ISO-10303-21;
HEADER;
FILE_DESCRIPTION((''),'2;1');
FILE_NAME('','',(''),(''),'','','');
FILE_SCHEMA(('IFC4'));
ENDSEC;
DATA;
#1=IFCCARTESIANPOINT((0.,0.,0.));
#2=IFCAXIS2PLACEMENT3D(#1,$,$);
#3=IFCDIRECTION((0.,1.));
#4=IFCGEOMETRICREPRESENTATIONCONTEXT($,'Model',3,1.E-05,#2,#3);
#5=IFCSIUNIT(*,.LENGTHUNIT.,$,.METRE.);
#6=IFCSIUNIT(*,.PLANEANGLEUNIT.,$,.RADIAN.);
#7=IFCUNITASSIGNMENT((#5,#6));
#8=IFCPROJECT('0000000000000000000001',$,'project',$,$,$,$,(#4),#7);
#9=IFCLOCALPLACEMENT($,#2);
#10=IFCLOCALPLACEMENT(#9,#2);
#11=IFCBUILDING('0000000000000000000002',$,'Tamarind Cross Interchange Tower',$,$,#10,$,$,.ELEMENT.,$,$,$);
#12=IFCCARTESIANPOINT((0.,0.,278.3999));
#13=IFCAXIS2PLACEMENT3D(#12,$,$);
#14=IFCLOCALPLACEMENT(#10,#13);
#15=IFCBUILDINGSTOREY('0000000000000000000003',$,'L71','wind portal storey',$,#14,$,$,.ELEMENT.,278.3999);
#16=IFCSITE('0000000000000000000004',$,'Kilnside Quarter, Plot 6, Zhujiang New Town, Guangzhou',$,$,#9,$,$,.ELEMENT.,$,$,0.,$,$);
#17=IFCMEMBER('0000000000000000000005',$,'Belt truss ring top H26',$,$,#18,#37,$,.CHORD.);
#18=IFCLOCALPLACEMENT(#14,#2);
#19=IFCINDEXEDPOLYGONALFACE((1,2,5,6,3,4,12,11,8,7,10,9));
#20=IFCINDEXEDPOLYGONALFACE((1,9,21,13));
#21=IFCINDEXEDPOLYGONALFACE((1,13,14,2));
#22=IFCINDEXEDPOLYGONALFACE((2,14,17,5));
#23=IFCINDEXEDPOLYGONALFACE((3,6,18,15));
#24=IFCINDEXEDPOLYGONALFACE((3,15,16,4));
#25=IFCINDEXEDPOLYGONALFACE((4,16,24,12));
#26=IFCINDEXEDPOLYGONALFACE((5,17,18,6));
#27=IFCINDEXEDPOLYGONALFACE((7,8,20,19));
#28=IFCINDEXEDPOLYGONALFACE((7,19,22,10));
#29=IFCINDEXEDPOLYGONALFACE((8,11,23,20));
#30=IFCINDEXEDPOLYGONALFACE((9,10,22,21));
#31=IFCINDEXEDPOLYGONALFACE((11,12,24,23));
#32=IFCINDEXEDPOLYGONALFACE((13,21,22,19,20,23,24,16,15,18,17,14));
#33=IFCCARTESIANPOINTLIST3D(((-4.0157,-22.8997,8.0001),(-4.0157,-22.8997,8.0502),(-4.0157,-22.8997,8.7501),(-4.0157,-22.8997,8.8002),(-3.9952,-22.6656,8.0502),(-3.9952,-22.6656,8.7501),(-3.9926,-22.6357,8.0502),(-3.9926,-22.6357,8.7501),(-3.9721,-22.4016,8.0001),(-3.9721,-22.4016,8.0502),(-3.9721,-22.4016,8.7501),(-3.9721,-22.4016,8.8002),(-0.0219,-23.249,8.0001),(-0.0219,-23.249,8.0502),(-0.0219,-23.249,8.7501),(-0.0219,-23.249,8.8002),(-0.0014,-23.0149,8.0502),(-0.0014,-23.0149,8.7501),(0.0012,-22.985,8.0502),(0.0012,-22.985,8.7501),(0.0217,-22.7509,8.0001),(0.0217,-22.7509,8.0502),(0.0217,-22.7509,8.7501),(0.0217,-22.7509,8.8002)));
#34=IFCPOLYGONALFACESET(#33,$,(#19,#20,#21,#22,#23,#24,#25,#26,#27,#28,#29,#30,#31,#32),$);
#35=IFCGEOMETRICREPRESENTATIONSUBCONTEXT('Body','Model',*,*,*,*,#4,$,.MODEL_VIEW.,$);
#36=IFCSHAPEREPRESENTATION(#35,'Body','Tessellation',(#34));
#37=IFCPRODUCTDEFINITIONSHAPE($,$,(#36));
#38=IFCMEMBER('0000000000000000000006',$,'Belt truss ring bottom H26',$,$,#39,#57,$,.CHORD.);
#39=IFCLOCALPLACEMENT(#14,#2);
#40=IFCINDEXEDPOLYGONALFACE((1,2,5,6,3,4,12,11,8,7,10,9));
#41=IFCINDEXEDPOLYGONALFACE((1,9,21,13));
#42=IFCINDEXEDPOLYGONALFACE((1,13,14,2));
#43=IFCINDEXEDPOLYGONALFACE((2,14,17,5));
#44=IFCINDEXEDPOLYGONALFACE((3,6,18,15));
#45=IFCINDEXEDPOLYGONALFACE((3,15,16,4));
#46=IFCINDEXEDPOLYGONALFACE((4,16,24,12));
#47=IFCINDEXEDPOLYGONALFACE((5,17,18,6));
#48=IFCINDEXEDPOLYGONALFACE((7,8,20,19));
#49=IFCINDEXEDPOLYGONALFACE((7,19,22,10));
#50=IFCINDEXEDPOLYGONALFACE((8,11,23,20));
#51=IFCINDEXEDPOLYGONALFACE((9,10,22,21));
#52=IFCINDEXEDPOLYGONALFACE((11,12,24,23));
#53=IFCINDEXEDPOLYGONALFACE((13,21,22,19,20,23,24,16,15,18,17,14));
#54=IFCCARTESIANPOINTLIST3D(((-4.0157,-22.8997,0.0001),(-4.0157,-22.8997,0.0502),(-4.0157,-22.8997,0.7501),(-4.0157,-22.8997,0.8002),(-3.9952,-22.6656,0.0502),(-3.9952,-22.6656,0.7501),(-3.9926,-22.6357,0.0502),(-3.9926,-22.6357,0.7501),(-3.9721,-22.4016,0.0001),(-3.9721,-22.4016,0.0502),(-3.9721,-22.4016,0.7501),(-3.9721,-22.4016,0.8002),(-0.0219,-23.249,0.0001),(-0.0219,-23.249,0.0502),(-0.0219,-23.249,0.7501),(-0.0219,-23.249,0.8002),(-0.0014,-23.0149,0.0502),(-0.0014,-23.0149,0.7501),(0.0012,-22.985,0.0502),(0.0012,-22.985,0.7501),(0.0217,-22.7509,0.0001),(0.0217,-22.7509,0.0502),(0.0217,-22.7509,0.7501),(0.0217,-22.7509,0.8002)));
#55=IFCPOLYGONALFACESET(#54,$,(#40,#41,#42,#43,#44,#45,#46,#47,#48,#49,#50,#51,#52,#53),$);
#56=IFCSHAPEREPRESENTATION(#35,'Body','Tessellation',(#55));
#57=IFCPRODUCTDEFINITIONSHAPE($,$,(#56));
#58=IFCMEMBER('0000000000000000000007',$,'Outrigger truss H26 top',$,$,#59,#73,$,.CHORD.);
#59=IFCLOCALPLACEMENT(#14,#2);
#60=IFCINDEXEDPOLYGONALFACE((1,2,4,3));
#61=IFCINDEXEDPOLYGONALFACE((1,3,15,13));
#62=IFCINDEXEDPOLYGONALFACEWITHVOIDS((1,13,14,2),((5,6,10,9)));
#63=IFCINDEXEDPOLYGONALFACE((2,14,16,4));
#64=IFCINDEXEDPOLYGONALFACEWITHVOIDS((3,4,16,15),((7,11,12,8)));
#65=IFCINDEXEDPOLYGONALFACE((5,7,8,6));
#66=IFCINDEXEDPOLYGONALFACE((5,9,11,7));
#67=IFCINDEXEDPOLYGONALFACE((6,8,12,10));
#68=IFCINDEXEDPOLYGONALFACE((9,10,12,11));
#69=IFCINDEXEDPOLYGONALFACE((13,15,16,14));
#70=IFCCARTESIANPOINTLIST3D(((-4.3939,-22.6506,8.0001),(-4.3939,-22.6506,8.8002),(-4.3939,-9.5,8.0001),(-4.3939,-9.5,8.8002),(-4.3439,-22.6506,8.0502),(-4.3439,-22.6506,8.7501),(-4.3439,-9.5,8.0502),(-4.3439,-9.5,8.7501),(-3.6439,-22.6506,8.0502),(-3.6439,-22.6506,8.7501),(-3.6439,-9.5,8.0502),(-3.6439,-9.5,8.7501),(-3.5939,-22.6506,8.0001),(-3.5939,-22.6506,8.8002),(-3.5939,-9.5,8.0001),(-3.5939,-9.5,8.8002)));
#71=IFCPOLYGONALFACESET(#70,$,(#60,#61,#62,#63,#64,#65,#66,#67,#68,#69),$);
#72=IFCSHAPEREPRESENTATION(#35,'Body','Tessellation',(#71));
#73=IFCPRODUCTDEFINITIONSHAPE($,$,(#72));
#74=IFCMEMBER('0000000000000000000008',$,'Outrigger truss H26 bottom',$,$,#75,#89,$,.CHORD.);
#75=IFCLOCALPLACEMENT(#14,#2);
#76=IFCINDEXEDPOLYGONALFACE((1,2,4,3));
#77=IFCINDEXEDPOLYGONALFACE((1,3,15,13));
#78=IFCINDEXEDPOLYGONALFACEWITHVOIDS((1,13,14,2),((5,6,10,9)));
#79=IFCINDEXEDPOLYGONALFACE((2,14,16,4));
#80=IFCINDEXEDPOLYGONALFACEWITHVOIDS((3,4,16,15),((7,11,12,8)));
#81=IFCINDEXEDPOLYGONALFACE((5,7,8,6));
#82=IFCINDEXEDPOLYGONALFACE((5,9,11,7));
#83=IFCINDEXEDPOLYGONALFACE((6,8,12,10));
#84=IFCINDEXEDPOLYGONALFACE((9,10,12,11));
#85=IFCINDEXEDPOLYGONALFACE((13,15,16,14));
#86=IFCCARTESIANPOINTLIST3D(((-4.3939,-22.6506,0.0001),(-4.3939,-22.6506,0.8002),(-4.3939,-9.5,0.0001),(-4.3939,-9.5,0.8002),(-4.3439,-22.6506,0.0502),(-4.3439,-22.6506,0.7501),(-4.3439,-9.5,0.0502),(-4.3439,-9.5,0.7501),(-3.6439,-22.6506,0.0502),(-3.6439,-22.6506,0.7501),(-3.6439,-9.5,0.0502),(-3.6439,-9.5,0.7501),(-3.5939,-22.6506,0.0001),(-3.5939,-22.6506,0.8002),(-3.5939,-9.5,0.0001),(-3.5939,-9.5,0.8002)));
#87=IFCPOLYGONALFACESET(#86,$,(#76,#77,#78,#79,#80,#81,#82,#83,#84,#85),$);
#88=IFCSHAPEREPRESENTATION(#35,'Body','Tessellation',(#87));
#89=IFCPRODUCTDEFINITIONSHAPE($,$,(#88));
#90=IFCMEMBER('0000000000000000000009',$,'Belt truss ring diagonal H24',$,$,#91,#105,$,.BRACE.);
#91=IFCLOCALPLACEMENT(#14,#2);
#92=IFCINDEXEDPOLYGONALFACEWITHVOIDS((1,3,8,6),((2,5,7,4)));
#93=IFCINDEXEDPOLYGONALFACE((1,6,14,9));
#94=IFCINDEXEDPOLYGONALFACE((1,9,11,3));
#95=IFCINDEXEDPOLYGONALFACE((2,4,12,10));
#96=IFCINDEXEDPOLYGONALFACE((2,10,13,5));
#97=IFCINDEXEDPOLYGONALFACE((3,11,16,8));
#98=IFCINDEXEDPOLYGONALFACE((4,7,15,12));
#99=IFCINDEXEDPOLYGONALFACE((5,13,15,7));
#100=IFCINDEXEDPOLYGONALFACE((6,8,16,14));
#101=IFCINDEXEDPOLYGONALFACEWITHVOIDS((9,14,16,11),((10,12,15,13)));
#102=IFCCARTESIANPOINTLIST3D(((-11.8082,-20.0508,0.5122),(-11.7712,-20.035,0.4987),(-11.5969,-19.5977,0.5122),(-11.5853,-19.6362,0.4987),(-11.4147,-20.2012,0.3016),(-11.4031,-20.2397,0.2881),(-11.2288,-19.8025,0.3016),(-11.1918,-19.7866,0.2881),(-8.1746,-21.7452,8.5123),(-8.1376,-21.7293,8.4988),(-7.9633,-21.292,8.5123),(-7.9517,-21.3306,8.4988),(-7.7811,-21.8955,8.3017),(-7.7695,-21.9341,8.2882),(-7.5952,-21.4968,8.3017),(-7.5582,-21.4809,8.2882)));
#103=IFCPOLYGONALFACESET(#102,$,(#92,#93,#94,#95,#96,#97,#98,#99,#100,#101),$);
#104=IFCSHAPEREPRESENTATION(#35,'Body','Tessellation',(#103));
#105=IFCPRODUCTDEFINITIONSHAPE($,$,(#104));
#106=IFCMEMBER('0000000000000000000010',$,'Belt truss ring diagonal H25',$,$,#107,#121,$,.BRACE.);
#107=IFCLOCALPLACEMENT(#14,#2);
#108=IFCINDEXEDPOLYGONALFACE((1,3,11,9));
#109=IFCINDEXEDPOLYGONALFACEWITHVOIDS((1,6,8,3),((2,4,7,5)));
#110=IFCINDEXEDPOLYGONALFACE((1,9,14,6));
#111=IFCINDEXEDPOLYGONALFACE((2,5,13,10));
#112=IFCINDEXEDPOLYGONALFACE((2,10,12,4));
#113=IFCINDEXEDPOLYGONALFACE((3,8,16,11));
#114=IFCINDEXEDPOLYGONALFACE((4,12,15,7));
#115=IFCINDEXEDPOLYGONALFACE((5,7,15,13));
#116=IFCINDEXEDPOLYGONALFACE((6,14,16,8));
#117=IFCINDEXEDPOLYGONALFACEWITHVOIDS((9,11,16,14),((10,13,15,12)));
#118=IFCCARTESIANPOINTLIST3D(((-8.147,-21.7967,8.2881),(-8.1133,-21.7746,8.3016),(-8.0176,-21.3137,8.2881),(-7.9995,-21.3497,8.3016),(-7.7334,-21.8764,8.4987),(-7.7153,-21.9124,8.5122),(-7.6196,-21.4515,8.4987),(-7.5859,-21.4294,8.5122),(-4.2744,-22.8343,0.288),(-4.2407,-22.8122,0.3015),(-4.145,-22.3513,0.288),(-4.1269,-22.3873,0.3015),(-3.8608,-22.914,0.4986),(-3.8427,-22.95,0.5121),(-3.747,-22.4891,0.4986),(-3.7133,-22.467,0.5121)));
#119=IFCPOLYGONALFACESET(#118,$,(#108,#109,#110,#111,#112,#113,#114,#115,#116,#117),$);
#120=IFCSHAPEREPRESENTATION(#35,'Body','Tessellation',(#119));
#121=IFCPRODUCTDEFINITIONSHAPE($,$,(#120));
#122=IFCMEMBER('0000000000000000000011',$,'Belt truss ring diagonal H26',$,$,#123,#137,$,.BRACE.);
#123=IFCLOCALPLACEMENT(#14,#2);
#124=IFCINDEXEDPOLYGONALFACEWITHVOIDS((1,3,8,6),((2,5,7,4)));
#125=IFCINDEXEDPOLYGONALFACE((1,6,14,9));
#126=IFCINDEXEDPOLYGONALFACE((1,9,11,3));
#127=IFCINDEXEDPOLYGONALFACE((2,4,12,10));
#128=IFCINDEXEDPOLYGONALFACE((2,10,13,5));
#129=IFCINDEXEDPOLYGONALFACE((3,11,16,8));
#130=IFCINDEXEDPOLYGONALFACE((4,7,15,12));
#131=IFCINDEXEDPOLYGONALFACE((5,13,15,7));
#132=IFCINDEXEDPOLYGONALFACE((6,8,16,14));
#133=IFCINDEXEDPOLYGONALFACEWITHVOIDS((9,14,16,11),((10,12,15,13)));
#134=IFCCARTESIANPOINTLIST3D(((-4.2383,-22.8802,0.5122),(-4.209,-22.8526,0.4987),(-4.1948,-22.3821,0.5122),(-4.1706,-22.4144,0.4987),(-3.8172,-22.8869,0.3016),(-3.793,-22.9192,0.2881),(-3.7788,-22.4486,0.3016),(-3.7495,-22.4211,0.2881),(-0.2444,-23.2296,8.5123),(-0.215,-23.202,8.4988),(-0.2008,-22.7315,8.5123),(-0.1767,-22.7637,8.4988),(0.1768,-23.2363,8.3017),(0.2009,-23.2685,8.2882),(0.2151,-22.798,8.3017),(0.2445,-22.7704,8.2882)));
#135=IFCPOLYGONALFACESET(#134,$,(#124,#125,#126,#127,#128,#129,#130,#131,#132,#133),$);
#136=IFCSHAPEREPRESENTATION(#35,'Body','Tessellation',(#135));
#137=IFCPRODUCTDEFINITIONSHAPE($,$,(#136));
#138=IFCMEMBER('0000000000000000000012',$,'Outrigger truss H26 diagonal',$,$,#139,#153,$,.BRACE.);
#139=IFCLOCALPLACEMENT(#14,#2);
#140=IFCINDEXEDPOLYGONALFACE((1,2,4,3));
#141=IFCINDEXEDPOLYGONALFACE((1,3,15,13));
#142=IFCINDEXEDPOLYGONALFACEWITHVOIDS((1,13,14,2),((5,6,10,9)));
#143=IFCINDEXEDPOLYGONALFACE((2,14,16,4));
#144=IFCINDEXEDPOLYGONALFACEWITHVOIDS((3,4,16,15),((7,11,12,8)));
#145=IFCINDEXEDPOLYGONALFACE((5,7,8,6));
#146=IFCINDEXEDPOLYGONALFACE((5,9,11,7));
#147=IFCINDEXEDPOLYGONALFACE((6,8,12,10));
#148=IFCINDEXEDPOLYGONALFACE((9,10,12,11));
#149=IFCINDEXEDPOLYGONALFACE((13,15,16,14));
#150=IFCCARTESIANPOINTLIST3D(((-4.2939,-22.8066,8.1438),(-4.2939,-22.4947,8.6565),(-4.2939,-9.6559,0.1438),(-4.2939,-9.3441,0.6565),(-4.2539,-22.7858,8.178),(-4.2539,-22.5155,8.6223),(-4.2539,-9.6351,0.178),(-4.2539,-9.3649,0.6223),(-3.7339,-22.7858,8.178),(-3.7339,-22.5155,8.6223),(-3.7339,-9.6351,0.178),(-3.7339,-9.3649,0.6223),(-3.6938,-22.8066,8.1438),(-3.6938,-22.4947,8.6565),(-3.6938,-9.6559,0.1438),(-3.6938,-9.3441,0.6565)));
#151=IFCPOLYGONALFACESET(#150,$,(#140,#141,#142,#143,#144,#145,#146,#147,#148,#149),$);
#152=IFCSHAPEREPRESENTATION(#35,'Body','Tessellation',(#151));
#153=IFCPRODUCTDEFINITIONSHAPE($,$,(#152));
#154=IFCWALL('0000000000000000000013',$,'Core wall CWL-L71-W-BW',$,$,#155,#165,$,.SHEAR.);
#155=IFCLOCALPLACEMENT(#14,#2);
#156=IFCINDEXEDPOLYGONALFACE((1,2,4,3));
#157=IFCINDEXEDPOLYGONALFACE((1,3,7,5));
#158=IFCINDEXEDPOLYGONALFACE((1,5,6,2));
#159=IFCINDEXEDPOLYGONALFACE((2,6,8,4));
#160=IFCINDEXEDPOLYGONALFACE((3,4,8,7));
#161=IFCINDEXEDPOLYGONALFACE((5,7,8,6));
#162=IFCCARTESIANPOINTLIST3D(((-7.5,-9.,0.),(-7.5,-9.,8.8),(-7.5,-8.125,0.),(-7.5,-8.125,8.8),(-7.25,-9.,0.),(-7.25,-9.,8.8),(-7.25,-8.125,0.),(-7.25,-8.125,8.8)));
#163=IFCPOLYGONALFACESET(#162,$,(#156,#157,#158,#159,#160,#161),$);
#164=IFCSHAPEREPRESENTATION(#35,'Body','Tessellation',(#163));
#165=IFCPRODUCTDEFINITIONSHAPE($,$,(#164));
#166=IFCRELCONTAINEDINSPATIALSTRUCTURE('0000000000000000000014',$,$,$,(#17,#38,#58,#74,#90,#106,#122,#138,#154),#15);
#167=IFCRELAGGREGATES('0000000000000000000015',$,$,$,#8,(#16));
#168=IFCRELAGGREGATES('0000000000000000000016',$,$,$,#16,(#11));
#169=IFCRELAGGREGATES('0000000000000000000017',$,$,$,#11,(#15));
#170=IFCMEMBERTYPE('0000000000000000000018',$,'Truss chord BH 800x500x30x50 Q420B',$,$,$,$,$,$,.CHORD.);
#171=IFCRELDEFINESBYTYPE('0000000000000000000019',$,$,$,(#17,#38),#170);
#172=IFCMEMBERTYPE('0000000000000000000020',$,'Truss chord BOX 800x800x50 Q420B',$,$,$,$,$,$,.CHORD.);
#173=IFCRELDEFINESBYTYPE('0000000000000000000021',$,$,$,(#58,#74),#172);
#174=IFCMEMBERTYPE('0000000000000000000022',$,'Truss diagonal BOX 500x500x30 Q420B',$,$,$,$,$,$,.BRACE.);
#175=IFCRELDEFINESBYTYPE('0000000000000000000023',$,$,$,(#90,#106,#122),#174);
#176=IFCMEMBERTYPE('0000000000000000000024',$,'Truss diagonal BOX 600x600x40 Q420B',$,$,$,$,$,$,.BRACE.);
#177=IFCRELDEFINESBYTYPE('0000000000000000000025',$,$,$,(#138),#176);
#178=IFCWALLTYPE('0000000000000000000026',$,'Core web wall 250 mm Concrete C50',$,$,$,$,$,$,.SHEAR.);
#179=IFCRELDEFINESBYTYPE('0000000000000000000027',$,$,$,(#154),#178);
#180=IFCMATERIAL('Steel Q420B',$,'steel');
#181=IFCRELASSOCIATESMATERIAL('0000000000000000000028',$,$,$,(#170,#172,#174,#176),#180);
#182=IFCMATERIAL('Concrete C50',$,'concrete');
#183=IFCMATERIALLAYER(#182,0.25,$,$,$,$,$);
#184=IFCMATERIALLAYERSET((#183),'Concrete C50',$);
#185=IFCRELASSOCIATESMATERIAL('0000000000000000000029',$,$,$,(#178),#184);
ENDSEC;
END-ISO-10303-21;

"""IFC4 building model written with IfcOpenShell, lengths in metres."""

from ifc_helpers import new_model, si_unit, direction, frame, frame_2d, origin, origin_2d, place, context, subcontext, project, spatial, rectangle, hollow_rectangle, i_section, extrude, material, layer, layer_set, material_profile, profile_set, type_object, element, save


model = new_model("IFC4")

# Units and contexts
model_context = context("Model", 3, precision=1e-05, world=origin(), true_north=direction((0.0, 1.0)))
body_context = subcontext(model_context, "Body", "Model", "MODEL_VIEW")
ifc_project = project(units=[si_unit("LENGTHUNIT", "METRE"), si_unit("PLANEANGLEUNIT", "RADIAN")], contexts=[model_context])

# Site, building, storey
site_placement = place(None, origin())
site = spatial("IfcSite", under=ifc_project, at=site_placement, Name="Kilnside Quarter, Plot 6, Zhujiang New Town, Guangzhou", CompositionType="ELEMENT", RefElevation=0.0)
building_placement = place(site_placement, origin())
building = spatial("IfcBuilding", under=site, at=building_placement, Name="Tamarind Cross Interchange Tower", CompositionType="ELEMENT")
storey_placement = place(building_placement, frame((0.0, 0.0, 278.3999)))
storey = spatial("IfcBuildingStorey", under=building, at=storey_placement, Name="L71", Description="wind portal storey", CompositionType="ELEMENT", Elevation=278.3999)

# Members
ifc_material_1 = material(Name="Steel Q420B", Category="steel")
ifc_material_profile_1 = material_profile(ifc_material_1, i_section(OverallWidth=0.5, OverallDepth=0.8, WebThickness=0.03, FlangeThickness=0.05, at=origin_2d()), Name="BH 800x500x30x50")
ifc_profile_set_1 = profile_set([ifc_material_profile_1], Name="Steel Q420B")
member_type_1 = type_object("IfcMemberType", Name="Truss chord BH 800x500x30x50 Q420B", PredefinedType="CHORD", material=ifc_profile_set_1)
for number, where, z_axis, x_axis, name in (
    (1, (-3.9939, -22.6506, 8.4001), (0.996196, -0.087142, 0.0), (0.087142, 0.996196, 0.0), "Belt truss ring top H26"),
    (2, (-3.9939, -22.6506, 0.4001), (0.996196, -0.087142, 0.0), (0.087142, 0.996196, 0.0), "Belt truss ring bottom H26"),
):
    element("IfcMember", number, at=place(storey_placement, frame(where, z_axis=z_axis, x_axis=x_axis)), inside=storey, type_object=member_type_1, Name=name, PredefinedType="CHORD", context=body_context, shape_type="SweptSolid", body=[
        extrude(i_section(OverallWidth=0.5, OverallDepth=0.8, WebThickness=0.03, FlangeThickness=0.05, at=origin_2d()), origin(), (0.0, 0.0, 1.0), 4.009),
    ])
ifc_material_profile_2 = material_profile(ifc_material_1, hollow_rectangle(XDim=0.8, YDim=0.8, WallThickness=0.05, at=origin_2d()), Name="BOX 800x800x50")
ifc_profile_set_2 = profile_set([ifc_material_profile_2], Name="Steel Q420B")
member_type_2 = type_object("IfcMemberType", Name="Truss chord BOX 800x800x50 Q420B", PredefinedType="CHORD", material=ifc_profile_set_2)
for number, where, z_axis, x_axis, name in (
    (3, (-3.9939, -9.5, 8.4001), (0.0, -1.0, 0.0), (1.0, 0.0, 0.0), "Outrigger truss H26 top"),
    (4, (-3.9939, -9.5, 0.4001), (0.0, -1.0, 0.0), (1.0, 0.0, 0.0), "Outrigger truss H26 bottom"),
):
    element("IfcMember", number, at=place(storey_placement, frame(where, z_axis=z_axis, x_axis=x_axis)), inside=storey, type_object=member_type_2, Name=name, PredefinedType="CHORD", context=body_context, shape_type="SweptSolid", body=[
        extrude(hollow_rectangle(XDim=0.8, YDim=0.8, WallThickness=0.05, at=origin_2d()), origin(), (0.0, 0.0, 1.0), 13.1506),
    ])
ifc_material_profile_3 = material_profile(ifc_material_1, hollow_rectangle(XDim=0.5, YDim=0.5, WallThickness=0.03, at=origin_2d()), Name="BOX 500x500x30")
ifc_profile_set_3 = profile_set([ifc_material_profile_3], Name="Steel Q420B")
member_type_3 = type_object("IfcMemberType", Name="Truss diagonal BOX 500x500x30 Q420B", PredefinedType="BRACE", material=ifc_profile_set_3)
for number, where, z_axis, x_axis, name in (
    (5, (-11.5, -19.9187, 0.4001), (0.406056, -0.189346, 0.894017), (0.422615, 0.906309, 0.0), "Belt truss ring diagonal H24"),
    (6, (-7.8665, -21.613, 8.4001), (0.432767, -0.115954, -0.894018), (0.258807, 0.965929, 0.0), "Belt truss ring diagonal H25"),
    (7, (-3.9939, -22.6506, 0.4001), (0.446327, -0.039042, 0.894018), (0.087142, 0.996196, 0.0), "Belt truss ring diagonal H26"),
):
    element("IfcMember", number, at=place(storey_placement, frame(where, z_axis=z_axis, x_axis=x_axis)), inside=storey, type_object=member_type_3, Name=name, PredefinedType="BRACE", context=body_context, shape_type="SweptSolid", body=[
        extrude(hollow_rectangle(XDim=0.5, YDim=0.5, WallThickness=0.03, at=origin_2d()), origin(), (0.0, 0.0, 1.0), 8.9485),
    ])
ifc_material_profile_4 = material_profile(ifc_material_1, hollow_rectangle(XDim=0.6001, YDim=0.6001, WallThickness=0.04, at=origin_2d()), Name="BOX 600x600x40")
ifc_profile_set_4 = profile_set([ifc_material_profile_4], Name="Steel Q420B")
member_type_4 = type_object("IfcMemberType", Name="Truss diagonal BOX 600x600x40 Q420B", PredefinedType="BRACE", material=ifc_profile_set_4)
member_placement = place(storey_placement, frame((-3.9939, -9.5, 0.4001), z_axis=(0.0, -0.854335, 0.519723), x_axis=(1.0, 0.0, 0.0)))
element("IfcMember", 8, at=member_placement, inside=storey, type_object=member_type_4, Name="Outrigger truss H26 diagonal", PredefinedType="BRACE", context=body_context, shape_type="SweptSolid", body=[
    extrude(hollow_rectangle(XDim=0.6001, YDim=0.6001, WallThickness=0.04, at=origin_2d()), origin(), (0.0, 0.0, 1.0), 15.3928),
])

# Wall
ifc_material_2 = material(Name="Concrete C50", Category="concrete")
ifc_layer = layer(ifc_material_2, 0.25)
ifc_layer_set = layer_set([ifc_layer], Name="Concrete C50")
wall_type = type_object("IfcWallType", Name="Core web wall 250 mm Concrete C50", PredefinedType="SHEAR", material=ifc_layer_set)
wall_1_placement = place(storey_placement, frame((-7.375, -9.0, 0.0), z_axis=(0.0, 0.0, 1.0), x_axis=(0.0, 1.0, 0.0)))
element("IfcWall", 9, at=wall_1_placement, inside=storey, type_object=wall_type, Name="Core wall CWL-L71-W-BW", PredefinedType="SHEAR", context=body_context, shape_type="SweptSolid", body=[
    extrude(rectangle(XDim=0.875, YDim=0.25, at=frame_2d((0.4375, 0.0))), origin(), (0.0, 0.0, 1.0), 8.8),
])

save(model, "model.ifc")
